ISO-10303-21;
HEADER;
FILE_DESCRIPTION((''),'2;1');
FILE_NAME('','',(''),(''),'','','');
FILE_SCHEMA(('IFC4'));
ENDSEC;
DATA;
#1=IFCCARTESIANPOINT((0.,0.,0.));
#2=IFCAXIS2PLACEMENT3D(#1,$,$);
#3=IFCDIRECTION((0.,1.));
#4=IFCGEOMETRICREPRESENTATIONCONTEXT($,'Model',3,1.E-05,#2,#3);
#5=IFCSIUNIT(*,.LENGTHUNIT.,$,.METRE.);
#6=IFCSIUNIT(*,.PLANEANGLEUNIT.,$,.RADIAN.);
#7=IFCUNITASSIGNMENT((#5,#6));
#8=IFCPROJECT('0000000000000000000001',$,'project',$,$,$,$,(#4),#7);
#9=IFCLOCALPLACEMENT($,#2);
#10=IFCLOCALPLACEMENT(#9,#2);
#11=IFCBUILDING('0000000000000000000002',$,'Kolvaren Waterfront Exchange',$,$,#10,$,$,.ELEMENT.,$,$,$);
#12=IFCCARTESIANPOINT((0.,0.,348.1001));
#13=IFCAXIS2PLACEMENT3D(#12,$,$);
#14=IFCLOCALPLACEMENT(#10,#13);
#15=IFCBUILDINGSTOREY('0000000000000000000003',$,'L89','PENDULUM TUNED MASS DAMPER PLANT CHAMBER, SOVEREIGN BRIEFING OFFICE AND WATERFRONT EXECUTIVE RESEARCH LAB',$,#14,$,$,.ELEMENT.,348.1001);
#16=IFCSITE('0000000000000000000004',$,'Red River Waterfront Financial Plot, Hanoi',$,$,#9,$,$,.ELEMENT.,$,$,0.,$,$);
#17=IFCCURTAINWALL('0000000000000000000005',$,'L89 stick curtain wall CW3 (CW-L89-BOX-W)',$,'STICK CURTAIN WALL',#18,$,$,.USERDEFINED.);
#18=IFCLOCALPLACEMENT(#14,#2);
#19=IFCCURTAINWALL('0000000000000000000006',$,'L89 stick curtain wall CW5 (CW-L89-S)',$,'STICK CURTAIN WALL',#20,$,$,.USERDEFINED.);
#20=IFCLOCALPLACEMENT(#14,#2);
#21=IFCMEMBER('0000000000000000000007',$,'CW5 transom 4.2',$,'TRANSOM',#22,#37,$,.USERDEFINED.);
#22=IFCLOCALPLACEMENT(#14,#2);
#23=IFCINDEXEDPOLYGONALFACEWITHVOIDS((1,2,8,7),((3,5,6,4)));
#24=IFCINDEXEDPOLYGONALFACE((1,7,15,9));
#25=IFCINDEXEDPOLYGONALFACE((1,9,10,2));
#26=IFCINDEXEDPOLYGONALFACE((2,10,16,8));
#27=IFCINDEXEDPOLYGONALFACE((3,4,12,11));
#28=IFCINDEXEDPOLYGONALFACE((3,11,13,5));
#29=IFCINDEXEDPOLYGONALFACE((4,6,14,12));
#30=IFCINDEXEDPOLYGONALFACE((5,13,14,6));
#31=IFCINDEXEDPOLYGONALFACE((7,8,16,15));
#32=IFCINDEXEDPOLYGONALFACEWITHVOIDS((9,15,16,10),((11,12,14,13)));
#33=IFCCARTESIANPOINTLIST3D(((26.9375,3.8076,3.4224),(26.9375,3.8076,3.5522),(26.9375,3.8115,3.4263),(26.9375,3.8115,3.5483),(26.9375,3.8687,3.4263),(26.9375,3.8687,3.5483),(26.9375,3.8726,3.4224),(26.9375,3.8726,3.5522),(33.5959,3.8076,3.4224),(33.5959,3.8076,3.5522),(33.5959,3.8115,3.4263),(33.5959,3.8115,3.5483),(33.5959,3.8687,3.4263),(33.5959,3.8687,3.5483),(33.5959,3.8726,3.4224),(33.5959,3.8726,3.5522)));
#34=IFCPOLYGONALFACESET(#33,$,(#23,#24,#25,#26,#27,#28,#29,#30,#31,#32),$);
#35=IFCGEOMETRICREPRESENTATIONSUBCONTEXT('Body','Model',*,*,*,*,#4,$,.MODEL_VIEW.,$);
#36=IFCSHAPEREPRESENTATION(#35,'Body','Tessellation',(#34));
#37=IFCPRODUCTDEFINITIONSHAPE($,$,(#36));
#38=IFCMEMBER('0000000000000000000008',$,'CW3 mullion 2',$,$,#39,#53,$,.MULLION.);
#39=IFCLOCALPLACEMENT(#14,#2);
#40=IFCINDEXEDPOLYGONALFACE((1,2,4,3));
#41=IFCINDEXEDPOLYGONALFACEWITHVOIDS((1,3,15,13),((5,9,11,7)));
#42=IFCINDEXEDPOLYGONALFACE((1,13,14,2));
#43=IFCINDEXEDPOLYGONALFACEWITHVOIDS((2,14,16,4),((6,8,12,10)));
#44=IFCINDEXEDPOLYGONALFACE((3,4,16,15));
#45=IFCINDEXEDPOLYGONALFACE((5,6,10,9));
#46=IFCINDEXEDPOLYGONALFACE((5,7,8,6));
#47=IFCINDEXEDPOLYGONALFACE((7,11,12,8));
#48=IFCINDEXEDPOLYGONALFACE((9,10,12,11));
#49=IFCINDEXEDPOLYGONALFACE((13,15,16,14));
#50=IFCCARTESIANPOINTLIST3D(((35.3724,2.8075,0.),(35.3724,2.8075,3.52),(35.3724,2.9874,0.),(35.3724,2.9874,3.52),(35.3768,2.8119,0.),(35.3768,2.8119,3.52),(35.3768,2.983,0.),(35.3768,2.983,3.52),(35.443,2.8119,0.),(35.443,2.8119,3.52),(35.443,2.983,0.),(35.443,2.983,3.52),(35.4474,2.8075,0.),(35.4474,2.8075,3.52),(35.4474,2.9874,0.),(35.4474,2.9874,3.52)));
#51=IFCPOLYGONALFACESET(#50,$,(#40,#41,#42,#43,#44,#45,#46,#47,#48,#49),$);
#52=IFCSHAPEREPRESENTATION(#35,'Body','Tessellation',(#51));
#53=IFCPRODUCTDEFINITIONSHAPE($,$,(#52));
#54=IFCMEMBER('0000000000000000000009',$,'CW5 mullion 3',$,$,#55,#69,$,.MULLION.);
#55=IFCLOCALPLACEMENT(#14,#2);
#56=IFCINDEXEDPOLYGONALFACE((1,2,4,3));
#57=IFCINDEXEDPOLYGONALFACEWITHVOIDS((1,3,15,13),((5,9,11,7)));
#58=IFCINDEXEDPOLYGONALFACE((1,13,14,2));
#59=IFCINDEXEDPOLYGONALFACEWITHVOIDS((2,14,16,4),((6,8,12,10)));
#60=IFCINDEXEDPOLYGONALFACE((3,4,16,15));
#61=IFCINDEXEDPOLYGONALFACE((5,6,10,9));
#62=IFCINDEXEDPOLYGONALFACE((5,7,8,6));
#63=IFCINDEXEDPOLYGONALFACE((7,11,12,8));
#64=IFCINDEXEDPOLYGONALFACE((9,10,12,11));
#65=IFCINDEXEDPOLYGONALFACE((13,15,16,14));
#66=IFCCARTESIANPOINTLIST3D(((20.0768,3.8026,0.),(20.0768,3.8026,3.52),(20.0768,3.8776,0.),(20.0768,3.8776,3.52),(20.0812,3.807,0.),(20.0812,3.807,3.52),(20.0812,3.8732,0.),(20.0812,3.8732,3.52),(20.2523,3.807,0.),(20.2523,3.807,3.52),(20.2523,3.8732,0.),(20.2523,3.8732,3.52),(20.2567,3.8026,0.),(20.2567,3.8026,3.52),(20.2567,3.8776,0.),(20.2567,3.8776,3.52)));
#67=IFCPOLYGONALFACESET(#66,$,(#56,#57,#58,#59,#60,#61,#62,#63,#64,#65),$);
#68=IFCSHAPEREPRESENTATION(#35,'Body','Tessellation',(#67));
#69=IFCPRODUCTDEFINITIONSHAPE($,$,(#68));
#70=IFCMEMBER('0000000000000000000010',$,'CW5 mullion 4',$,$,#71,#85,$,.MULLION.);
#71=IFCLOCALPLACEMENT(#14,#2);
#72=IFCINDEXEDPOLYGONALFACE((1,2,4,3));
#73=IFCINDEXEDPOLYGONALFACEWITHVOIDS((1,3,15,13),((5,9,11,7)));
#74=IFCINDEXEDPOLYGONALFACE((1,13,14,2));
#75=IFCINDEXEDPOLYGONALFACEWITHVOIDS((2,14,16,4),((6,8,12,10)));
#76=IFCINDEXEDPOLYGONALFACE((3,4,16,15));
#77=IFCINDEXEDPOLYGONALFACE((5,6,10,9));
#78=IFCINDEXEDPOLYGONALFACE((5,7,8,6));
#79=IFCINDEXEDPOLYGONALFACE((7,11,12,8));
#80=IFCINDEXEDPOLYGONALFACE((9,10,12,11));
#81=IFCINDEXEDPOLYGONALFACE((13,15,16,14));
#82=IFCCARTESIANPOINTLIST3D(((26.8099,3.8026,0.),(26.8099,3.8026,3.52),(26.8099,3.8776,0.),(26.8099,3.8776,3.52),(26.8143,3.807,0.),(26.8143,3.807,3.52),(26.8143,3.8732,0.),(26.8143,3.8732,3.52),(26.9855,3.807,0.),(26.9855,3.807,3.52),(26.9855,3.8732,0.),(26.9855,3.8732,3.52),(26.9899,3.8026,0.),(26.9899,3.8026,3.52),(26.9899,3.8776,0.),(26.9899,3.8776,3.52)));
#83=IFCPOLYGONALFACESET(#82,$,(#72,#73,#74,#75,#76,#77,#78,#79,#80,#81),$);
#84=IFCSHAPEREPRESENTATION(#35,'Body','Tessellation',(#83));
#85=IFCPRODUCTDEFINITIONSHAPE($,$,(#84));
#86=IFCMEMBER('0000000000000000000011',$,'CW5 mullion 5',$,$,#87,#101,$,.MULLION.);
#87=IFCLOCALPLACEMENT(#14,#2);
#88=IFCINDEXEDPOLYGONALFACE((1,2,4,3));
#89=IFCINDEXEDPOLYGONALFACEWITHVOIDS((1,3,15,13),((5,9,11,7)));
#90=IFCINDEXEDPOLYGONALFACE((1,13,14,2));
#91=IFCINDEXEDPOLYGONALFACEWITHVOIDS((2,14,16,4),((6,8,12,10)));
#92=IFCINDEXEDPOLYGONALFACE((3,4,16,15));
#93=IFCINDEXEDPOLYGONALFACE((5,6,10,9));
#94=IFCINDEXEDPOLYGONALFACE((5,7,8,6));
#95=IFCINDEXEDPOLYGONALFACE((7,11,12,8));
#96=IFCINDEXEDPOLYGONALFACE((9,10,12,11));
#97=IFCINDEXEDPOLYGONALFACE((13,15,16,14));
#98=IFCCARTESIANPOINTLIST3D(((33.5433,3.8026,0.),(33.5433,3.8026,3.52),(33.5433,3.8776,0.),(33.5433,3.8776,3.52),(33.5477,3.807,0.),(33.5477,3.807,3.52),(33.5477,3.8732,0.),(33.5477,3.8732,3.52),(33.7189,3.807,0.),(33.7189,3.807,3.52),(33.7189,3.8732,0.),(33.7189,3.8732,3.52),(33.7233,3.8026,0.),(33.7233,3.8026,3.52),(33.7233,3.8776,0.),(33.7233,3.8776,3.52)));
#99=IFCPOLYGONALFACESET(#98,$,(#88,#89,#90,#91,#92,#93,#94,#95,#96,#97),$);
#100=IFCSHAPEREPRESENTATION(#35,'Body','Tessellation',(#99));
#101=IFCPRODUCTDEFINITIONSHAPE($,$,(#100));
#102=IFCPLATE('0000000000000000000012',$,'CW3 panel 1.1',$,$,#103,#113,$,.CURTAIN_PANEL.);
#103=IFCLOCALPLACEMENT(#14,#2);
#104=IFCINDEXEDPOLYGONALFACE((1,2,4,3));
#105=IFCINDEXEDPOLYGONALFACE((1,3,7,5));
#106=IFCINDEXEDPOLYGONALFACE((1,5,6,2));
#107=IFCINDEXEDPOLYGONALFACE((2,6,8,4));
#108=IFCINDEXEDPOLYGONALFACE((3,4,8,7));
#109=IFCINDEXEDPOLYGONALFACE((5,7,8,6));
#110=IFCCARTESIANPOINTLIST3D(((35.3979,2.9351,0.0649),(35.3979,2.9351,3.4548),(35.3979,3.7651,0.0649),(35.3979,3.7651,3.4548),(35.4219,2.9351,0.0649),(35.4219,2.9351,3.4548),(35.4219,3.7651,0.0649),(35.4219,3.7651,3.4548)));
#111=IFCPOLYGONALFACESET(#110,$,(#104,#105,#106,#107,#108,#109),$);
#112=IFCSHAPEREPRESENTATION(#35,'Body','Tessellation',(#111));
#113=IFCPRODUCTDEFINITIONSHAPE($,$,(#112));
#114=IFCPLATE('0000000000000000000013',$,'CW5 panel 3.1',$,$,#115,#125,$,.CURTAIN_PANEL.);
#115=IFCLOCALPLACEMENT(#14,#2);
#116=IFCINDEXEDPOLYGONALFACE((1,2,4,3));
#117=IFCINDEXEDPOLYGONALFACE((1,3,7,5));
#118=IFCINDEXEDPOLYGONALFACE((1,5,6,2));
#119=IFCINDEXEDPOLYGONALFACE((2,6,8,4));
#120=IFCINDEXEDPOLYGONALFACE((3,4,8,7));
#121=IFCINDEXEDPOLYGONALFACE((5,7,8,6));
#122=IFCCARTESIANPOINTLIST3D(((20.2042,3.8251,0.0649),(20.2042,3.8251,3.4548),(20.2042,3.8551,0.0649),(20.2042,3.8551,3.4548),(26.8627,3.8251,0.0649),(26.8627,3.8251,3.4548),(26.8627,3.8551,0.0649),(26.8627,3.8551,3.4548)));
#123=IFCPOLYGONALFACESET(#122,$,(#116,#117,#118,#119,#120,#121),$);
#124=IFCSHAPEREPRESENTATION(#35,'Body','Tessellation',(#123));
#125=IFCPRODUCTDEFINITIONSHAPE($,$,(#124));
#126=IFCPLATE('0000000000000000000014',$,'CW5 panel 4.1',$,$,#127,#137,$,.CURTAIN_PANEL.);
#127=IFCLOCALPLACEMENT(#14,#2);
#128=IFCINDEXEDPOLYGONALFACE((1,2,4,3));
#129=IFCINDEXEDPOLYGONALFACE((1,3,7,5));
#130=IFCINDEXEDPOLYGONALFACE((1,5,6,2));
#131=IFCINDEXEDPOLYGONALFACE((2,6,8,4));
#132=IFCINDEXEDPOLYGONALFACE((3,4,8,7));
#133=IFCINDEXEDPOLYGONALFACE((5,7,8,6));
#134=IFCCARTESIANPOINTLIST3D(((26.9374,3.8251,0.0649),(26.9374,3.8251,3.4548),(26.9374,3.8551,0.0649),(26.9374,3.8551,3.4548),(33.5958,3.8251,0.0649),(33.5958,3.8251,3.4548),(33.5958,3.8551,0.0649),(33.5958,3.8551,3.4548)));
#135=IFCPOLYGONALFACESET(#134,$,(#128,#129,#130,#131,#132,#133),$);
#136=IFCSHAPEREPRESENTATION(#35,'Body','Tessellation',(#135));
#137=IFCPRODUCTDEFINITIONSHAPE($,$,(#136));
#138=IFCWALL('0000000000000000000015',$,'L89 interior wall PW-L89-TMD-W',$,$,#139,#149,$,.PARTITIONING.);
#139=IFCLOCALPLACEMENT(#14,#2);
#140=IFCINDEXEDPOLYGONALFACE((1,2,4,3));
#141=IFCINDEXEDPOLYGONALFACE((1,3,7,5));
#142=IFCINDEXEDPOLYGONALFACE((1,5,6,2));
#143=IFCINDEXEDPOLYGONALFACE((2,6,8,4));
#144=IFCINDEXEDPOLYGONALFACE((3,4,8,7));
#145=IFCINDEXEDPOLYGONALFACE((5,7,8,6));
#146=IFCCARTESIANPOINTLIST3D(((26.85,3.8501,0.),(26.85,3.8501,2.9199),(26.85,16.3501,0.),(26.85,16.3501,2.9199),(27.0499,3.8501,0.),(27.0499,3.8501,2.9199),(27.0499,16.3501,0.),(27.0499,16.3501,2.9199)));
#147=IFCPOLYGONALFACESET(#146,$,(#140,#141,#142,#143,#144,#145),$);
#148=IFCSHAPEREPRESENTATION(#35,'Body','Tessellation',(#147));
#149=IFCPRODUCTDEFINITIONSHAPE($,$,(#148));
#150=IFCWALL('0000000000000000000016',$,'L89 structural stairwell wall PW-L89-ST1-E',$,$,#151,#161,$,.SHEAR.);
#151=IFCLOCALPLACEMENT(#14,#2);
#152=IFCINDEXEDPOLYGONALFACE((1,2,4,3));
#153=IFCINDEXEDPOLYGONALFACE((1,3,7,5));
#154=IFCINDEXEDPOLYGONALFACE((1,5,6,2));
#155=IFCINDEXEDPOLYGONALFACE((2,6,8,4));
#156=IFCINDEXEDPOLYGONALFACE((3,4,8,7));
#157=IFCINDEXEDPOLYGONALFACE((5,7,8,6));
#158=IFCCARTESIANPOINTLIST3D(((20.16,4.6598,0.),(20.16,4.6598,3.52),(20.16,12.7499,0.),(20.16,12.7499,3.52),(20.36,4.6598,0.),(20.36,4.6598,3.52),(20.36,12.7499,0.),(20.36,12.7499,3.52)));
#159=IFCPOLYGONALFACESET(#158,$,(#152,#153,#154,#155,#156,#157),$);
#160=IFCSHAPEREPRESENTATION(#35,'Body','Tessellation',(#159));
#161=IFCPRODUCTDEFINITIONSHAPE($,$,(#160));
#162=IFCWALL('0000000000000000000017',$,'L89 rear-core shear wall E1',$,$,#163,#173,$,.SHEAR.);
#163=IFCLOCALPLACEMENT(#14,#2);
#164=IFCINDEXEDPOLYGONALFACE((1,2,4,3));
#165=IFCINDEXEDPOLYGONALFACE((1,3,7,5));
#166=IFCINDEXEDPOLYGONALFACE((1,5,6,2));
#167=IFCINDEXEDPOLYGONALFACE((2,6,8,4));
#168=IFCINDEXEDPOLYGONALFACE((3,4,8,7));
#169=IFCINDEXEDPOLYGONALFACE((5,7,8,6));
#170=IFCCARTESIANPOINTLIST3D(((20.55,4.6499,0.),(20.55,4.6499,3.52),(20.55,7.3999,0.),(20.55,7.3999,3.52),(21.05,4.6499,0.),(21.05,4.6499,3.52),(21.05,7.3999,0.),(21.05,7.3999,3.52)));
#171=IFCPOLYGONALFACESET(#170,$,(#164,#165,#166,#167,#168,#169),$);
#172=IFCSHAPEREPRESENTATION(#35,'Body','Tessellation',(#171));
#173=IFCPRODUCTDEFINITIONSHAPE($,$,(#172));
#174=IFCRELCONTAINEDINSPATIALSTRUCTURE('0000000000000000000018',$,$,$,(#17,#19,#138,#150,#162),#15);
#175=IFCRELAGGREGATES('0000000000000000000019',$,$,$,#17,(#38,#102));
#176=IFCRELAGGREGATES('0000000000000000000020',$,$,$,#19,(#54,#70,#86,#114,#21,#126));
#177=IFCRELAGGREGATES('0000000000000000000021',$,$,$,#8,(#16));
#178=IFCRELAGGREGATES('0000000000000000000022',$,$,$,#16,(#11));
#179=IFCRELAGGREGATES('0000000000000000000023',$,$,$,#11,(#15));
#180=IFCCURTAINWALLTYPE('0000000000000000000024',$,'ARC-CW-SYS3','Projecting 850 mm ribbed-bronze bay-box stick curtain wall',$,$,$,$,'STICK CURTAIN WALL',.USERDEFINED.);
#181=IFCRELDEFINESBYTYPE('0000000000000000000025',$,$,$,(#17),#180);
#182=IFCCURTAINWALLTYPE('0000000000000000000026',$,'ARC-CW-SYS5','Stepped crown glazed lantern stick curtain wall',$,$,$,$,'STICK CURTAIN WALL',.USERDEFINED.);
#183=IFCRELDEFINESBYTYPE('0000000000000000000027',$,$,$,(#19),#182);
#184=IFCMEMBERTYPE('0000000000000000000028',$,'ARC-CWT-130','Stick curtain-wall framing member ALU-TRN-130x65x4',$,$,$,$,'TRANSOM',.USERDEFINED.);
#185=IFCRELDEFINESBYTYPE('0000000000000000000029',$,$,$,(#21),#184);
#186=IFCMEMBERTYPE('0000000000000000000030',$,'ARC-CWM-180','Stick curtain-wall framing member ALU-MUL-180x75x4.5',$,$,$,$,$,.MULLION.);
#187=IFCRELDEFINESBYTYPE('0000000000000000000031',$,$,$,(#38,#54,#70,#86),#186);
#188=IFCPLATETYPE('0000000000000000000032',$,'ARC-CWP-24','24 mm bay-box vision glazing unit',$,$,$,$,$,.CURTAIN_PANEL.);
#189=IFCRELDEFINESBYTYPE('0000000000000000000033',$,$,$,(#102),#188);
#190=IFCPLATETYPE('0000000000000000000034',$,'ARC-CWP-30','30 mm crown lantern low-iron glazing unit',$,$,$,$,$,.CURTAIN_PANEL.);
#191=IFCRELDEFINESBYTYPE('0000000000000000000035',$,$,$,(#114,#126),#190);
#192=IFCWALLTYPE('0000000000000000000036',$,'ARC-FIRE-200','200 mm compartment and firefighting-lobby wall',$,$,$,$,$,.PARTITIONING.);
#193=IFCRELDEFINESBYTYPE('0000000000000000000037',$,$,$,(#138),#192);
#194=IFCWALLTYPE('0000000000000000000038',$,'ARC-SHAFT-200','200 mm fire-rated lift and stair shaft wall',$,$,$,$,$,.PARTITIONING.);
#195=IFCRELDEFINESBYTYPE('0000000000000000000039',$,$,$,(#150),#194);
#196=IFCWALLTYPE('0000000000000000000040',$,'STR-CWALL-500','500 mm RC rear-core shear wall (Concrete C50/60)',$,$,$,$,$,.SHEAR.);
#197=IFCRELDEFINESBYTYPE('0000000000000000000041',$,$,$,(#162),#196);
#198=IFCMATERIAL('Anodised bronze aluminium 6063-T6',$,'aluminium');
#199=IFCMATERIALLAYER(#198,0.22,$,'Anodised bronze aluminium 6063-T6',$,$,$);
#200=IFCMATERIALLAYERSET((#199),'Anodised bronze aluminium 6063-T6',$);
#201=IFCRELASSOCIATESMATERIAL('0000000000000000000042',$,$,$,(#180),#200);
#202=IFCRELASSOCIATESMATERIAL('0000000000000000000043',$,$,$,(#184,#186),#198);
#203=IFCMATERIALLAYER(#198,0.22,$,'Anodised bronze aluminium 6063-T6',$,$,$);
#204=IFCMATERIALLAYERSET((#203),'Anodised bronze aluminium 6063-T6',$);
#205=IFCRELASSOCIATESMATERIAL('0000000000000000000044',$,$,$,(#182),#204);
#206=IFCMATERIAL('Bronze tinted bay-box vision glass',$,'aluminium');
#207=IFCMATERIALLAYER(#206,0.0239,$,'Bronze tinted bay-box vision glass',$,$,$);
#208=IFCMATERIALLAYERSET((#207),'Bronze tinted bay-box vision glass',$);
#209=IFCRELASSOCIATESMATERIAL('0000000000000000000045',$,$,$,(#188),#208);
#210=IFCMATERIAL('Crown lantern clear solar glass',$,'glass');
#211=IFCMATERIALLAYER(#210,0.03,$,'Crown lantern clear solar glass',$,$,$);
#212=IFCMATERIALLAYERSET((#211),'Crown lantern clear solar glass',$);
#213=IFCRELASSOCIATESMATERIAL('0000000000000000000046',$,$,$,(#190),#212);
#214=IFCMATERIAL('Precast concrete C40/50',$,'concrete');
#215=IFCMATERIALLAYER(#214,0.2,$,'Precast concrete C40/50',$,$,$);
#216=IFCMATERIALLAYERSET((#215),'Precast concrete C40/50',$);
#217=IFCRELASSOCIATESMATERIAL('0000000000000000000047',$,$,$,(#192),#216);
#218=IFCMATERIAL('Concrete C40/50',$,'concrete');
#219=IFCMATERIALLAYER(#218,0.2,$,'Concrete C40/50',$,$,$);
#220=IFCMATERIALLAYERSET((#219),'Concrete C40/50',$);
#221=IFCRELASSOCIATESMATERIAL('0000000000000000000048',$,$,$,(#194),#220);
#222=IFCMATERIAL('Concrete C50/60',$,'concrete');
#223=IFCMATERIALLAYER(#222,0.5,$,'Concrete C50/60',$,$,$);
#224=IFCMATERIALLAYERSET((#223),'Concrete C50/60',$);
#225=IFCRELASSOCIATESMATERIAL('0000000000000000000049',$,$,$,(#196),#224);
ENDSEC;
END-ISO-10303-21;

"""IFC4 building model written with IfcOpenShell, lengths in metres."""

from ifc_helpers import new_model, si_unit, direction, frame, frame_2d, origin, origin_with_axes, origin_2d, place, context, subcontext, project, spatial, rectangle, hollow_rectangle, extrude, source, transform, mapped, material, layer, layer_set, material_profile, profile_set, type_object, element, aggregate, save


model = new_model("IFC4")

# Units and contexts
model_context = context("Model", 3, precision=1e-05, world=origin(), true_north=direction((0.0, 1.0)))
body_context = subcontext(model_context, "Body", "Model", "MODEL_VIEW")
ifc_project = project(units=[si_unit("LENGTHUNIT", "METRE"), si_unit("PLANEANGLEUNIT", "RADIAN")], contexts=[model_context])

# Site, building, storey
site_placement = place(None, origin())
site = spatial("IfcSite", under=ifc_project, at=site_placement, Name="Red River Waterfront Financial Plot, Hanoi", CompositionType="ELEMENT", RefElevation=0.0)
building_placement = place(site_placement, origin())
building = spatial("IfcBuilding", under=site, at=building_placement, Name="Kolvaren Waterfront Exchange", CompositionType="ELEMENT")
storey_placement = place(building_placement, frame((0.0, 0.0, 348.1001)))
storey = spatial("IfcBuildingStorey", under=building, at=storey_placement, Name="L89", Description="PENDULUM TUNED MASS DAMPER PLANT CHAMBER, SOVEREIGN BRIEFING OFFICE AND WATERFRONT EXECUTIVE RESEARCH LAB", CompositionType="ELEMENT", Elevation=348.1001)

# Shared definitions
ifc_material_1 = material(Name="Concrete C50/60", Category="concrete")

# Curtain walls, member
ifc_material_2 = material(Name="Anodised bronze aluminium 6063-T6", Category="aluminium")
ifc_layer_1 = layer(ifc_material_2, 0.22, Name="Anodised bronze aluminium 6063-T6")
ifc_layer_set_1 = layer_set([ifc_layer_1], Name="Anodised bronze aluminium 6063-T6")
curtain_wall_type_1 = type_object("IfcCurtainWallType", Name="ARC-CW-SYS3", Description="Projecting 850 mm ribbed-bronze bay-box stick curtain wall", ElementType="STICK CURTAIN WALL", PredefinedType="USERDEFINED", material=ifc_layer_set_1)
curtain_wall_1_placement = place(storey_placement, origin())
curtain_wall_1 = element("IfcCurtainWall", 1, at=curtain_wall_1_placement, inside=storey, type_object=curtain_wall_type_1, Name="L89 stick curtain wall CW3 (CW-L89-BOX-W)", ObjectType="STICK CURTAIN WALL", PredefinedType="USERDEFINED")
ifc_material_profile_1 = material_profile(ifc_material_2, hollow_rectangle(XDim=0.0649, YDim=0.1299, WallThickness=0.0039, at=origin_2d()), Name="ALU-TRN-130x65x4")
ifc_profile_set_1 = profile_set([ifc_material_profile_1], Name="Anodised bronze aluminium 6063-T6")
member_type_1 = type_object("IfcMemberType", Name="ARC-CWT-130", Description="Stick curtain-wall framing member ALU-TRN-130x65x4", ElementType="TRANSOM", PredefinedType="USERDEFINED", material=ifc_profile_set_1)
ifc_layer_2 = layer(ifc_material_2, 0.22, Name="Anodised bronze aluminium 6063-T6")
ifc_layer_set_2 = layer_set([ifc_layer_2], Name="Anodised bronze aluminium 6063-T6")
curtain_wall_type_2 = type_object("IfcCurtainWallType", Name="ARC-CW-SYS5", Description="Stepped crown glazed lantern stick curtain wall", ElementType="STICK CURTAIN WALL", PredefinedType="USERDEFINED", material=ifc_layer_set_2)
curtain_wall_2_placement = place(storey_placement, origin())
curtain_wall_2 = element("IfcCurtainWall", 2, at=curtain_wall_2_placement, inside=storey, type_object=curtain_wall_type_2, Name="L89 stick curtain wall CW5 (CW-L89-S)", ObjectType="STICK CURTAIN WALL", PredefinedType="USERDEFINED")
shared_shape_1 = source(origin_with_axes(), body_context, "Body", "SweptSolid", [
    extrude(hollow_rectangle(XDim=0.0649, YDim=0.1299, WallThickness=0.0039, at=origin_2d()), origin(), (0.0, 0.0, 1.0), 6.6584),
])
member_1_placement = place(storey_placement, frame((26.9375, 3.8401, 3.4873), z_axis=(1.0, 0.0, 0.0), x_axis=(0.0, 1.0, 0.0)))
member_1 = element("IfcMember", 3, at=member_1_placement, type_object=member_type_1, Name="CW5 transom 4.2", ObjectType="TRANSOM", PredefinedType="USERDEFINED", context=body_context, shape_type="MappedRepresentation", body=[
    mapped(shared_shape_1, transform((0.0, 0.0, 0.0), x_axis=(1.0, 0.0, 0.0), y_axis=(0.0, 1.0, 0.0), z_axis=(0.0, 0.0, 1.0), scale=1.0)),
])

# Members
ifc_material_profile_2 = material_profile(ifc_material_2, hollow_rectangle(XDim=0.075, YDim=0.1799, WallThickness=0.0044, at=origin_2d()), Name="ALU-MUL-180x75x4.5")
ifc_profile_set_2 = profile_set([ifc_material_profile_2], Name="Anodised bronze aluminium 6063-T6")
member_type_2 = type_object("IfcMemberType", Name="ARC-CWM-180", Description="Stick curtain-wall framing member ALU-MUL-180x75x4.5", PredefinedType="MULLION", material=ifc_profile_set_2)
shared_shape_2 = source(origin_with_axes(), body_context, "Body", "SweptSolid", [
    extrude(hollow_rectangle(XDim=0.075, YDim=0.1799, WallThickness=0.0044, at=origin_2d()), origin(), (0.0, 0.0, 1.0), 3.52),
])
member_2_placement = place(storey_placement, frame((35.4099, 2.8975, 0.0), z_axis=(0.0, 0.0, 1.0), x_axis=(1.0, 0.0, 0.0)))
member_2 = element("IfcMember", 4, at=member_2_placement, type_object=member_type_2, Name="CW3 mullion 2", PredefinedType="MULLION", context=body_context, shape_type="MappedRepresentation", body=[
    mapped(shared_shape_2, transform((0.0, 0.0, 0.0), x_axis=(1.0, 0.0, 0.0), y_axis=(0.0, 1.0, 0.0), z_axis=(0.0, 0.0, 1.0), scale=1.0)),
])
member_3_placement = place(storey_placement, frame((20.1667, 3.8401, 0.0), z_axis=(0.0, 0.0, 1.0), x_axis=(0.0, 1.0, 0.0)))
member_3 = element("IfcMember", 5, at=member_3_placement, type_object=member_type_2, Name="CW5 mullion 3", PredefinedType="MULLION", context=body_context, shape_type="MappedRepresentation", body=[
    mapped(shared_shape_2, transform((0.0, 0.0, 0.0), x_axis=(1.0, 0.0, 0.0), y_axis=(0.0, 1.0, 0.0), z_axis=(0.0, 0.0, 1.0), scale=1.0)),
])
member_4_placement = place(storey_placement, frame((26.8999, 3.8401, 0.0), z_axis=(0.0, 0.0, 1.0), x_axis=(0.0, 1.0, 0.0)))
member_4 = element("IfcMember", 6, at=member_4_placement, type_object=member_type_2, Name="CW5 mullion 4", PredefinedType="MULLION", context=body_context, shape_type="MappedRepresentation", body=[
    mapped(shared_shape_2, transform((0.0, 0.0, 0.0), x_axis=(1.0, 0.0, 0.0), y_axis=(0.0, 1.0, 0.0), z_axis=(0.0, 0.0, 1.0), scale=1.0)),
])
member_5_placement = place(storey_placement, frame((33.6333, 3.8401, 0.0), z_axis=(0.0, 0.0, 1.0), x_axis=(0.0, 1.0, 0.0)))
member_5 = element("IfcMember", 7, at=member_5_placement, type_object=member_type_2, Name="CW5 mullion 5", PredefinedType="MULLION", context=body_context, shape_type="MappedRepresentation", body=[
    mapped(shared_shape_2, transform((0.0, 0.0, 0.0), x_axis=(1.0, 0.0, 0.0), y_axis=(0.0, 1.0, 0.0), z_axis=(0.0, 0.0, 1.0), scale=1.0)),
])

# Plates
ifc_material_3 = material(Name="Bronze tinted bay-box vision glass", Category="aluminium")
ifc_layer_3 = layer(ifc_material_3, 0.0239, Name="Bronze tinted bay-box vision glass")
ifc_layer_set_3 = layer_set([ifc_layer_3], Name="Bronze tinted bay-box vision glass")
plate_type_1 = type_object("IfcPlateType", Name="ARC-CWP-24", Description="24 mm bay-box vision glazing unit", PredefinedType="CURTAIN_PANEL", material=ifc_layer_set_3)
shared_shape_3 = source(origin_with_axes(), body_context, "Body", "SweptSolid", [
    extrude(rectangle(XDim=0.8301, YDim=0.0239, at=origin_2d()), origin(), (0.0, 0.0, 1.0), 3.3899),
])
plate_1_placement = place(storey_placement, frame((35.4099, 3.3501, 0.0649), z_axis=(0.0, 0.0, 1.0), x_axis=(0.0, -1.0, 0.0)))
plate_1 = element("IfcPlate", 8, at=plate_1_placement, type_object=plate_type_1, Name="CW3 panel 1.1", PredefinedType="CURTAIN_PANEL", context=body_context, shape_type="MappedRepresentation", body=[
    mapped(shared_shape_3, transform((0.0, 0.0, 0.0), x_axis=(1.0, 0.0, 0.0), y_axis=(0.0, 1.0, 0.0), z_axis=(0.0, 0.0, 1.0), scale=1.0)),
])
aggregate(curtain_wall_1, [member_2, plate_1])
ifc_material_4 = material(Name="Crown lantern clear solar glass", Category="glass")
ifc_layer_4 = layer(ifc_material_4, 0.03, Name="Crown lantern clear solar glass")
ifc_layer_set_4 = layer_set([ifc_layer_4], Name="Crown lantern clear solar glass")
plate_type_2 = type_object("IfcPlateType", Name="ARC-CWP-30", Description="30 mm crown lantern low-iron glazing unit", PredefinedType="CURTAIN_PANEL", material=ifc_layer_set_4)
shared_shape_4 = source(origin_with_axes(), body_context, "Body", "SweptSolid", [
    extrude(rectangle(XDim=6.6584, YDim=0.03, at=origin_2d()), origin(), (0.0, 0.0, 1.0), 3.3899),
])
plate_2_placement = place(storey_placement, frame((23.5334, 3.8401, 0.0649), z_axis=(0.0, 0.0, 1.0), x_axis=(1.0, 0.0, 0.0)))
plate_2 = element("IfcPlate", 9, at=plate_2_placement, type_object=plate_type_2, Name="CW5 panel 3.1", PredefinedType="CURTAIN_PANEL", context=body_context, shape_type="MappedRepresentation", body=[
    mapped(shared_shape_4, transform((0.0, 0.0, 0.0), x_axis=(1.0, 0.0, 0.0), y_axis=(0.0, 1.0, 0.0), z_axis=(0.0, 0.0, 1.0), scale=1.0)),
])
plate_3_placement = place(storey_placement, frame((30.2666, 3.8401, 0.0649), z_axis=(0.0, 0.0, 1.0), x_axis=(1.0, 0.0, 0.0)))
plate_3 = element("IfcPlate", 10, at=plate_3_placement, type_object=plate_type_2, Name="CW5 panel 4.1", PredefinedType="CURTAIN_PANEL", context=body_context, shape_type="MappedRepresentation", body=[
    mapped(shared_shape_4, transform((0.0, 0.0, 0.0), x_axis=(1.0, 0.0, 0.0), y_axis=(0.0, 1.0, 0.0), z_axis=(0.0, 0.0, 1.0), scale=1.0)),
])
aggregate(curtain_wall_2, [member_3, member_4, member_5, plate_2, member_1, plate_3])

# Walls
ifc_material_5 = material(Name="Precast concrete C40/50", Category="concrete")
ifc_layer_5 = layer(ifc_material_5, 0.2, Name="Precast concrete C40/50")
ifc_layer_set_5 = layer_set([ifc_layer_5], Name="Precast concrete C40/50")
wall_type_1 = type_object("IfcWallType", Name="ARC-FIRE-200", Description="200 mm compartment and firefighting-lobby wall", PredefinedType="PARTITIONING", material=ifc_layer_set_5)
wall_1_placement = place(storey_placement, frame((26.95, 3.8501, 0.0), z_axis=(0.0, 0.0, 1.0), x_axis=(0.0, 1.0, 0.0)))
element("IfcWall", 11, at=wall_1_placement, inside=storey, type_object=wall_type_1, Name="L89 interior wall PW-L89-TMD-W", PredefinedType="PARTITIONING", context=body_context, shape_type="SweptSolid", body=[
    extrude(rectangle(XDim=12.5, YDim=0.2, at=frame_2d((6.25, 0.0))), origin(), (0.0, 0.0, 1.0), 2.9199),
])
ifc_material_6 = material(Name="Concrete C40/50", Category="concrete")
ifc_layer_6 = layer(ifc_material_6, 0.2, Name="Concrete C40/50")
ifc_layer_set_6 = layer_set([ifc_layer_6], Name="Concrete C40/50")
wall_type_2 = type_object("IfcWallType", Name="ARC-SHAFT-200", Description="200 mm fire-rated lift and stair shaft wall", PredefinedType="PARTITIONING", material=ifc_layer_set_6)
wall_2_placement = place(storey_placement, frame((20.26, 4.6599, 0.0), z_axis=(0.0, 0.0, 1.0), x_axis=(0.0, 1.0, 0.0)))
element("IfcWall", 12, at=wall_2_placement, inside=storey, type_object=wall_type_2, Name="L89 structural stairwell wall PW-L89-ST1-E", PredefinedType="SHEAR", context=body_context, shape_type="SweptSolid", body=[
    extrude(rectangle(XDim=8.0901, YDim=0.2, at=frame_2d((4.0449, 0.0))), origin(), (0.0, 0.0, 1.0), 3.52),
])
ifc_layer_7 = layer(ifc_material_1, 0.5, Name="Concrete C50/60")
ifc_layer_set_7 = layer_set([ifc_layer_7], Name="Concrete C50/60")
wall_type_3 = type_object("IfcWallType", Name="STR-CWALL-500", Description="500 mm RC rear-core shear wall (Concrete C50/60)", PredefinedType="SHEAR", material=ifc_layer_set_7)
wall_3_placement = place(storey_placement, frame((20.8, 4.6499, 0.0), z_axis=(0.0, 0.0, 1.0), x_axis=(0.0, 1.0, 0.0)))
element("IfcWall", 13, at=wall_3_placement, inside=storey, type_object=wall_type_3, Name="L89 rear-core shear wall E1", PredefinedType="SHEAR", context=body_context, shape_type="SweptSolid", body=[
    extrude(rectangle(XDim=2.75, YDim=0.5, at=frame_2d((1.375, 0.0))), origin(), (0.0, 0.0, 1.0), 3.52),
])

save(model, "model.ifc")
